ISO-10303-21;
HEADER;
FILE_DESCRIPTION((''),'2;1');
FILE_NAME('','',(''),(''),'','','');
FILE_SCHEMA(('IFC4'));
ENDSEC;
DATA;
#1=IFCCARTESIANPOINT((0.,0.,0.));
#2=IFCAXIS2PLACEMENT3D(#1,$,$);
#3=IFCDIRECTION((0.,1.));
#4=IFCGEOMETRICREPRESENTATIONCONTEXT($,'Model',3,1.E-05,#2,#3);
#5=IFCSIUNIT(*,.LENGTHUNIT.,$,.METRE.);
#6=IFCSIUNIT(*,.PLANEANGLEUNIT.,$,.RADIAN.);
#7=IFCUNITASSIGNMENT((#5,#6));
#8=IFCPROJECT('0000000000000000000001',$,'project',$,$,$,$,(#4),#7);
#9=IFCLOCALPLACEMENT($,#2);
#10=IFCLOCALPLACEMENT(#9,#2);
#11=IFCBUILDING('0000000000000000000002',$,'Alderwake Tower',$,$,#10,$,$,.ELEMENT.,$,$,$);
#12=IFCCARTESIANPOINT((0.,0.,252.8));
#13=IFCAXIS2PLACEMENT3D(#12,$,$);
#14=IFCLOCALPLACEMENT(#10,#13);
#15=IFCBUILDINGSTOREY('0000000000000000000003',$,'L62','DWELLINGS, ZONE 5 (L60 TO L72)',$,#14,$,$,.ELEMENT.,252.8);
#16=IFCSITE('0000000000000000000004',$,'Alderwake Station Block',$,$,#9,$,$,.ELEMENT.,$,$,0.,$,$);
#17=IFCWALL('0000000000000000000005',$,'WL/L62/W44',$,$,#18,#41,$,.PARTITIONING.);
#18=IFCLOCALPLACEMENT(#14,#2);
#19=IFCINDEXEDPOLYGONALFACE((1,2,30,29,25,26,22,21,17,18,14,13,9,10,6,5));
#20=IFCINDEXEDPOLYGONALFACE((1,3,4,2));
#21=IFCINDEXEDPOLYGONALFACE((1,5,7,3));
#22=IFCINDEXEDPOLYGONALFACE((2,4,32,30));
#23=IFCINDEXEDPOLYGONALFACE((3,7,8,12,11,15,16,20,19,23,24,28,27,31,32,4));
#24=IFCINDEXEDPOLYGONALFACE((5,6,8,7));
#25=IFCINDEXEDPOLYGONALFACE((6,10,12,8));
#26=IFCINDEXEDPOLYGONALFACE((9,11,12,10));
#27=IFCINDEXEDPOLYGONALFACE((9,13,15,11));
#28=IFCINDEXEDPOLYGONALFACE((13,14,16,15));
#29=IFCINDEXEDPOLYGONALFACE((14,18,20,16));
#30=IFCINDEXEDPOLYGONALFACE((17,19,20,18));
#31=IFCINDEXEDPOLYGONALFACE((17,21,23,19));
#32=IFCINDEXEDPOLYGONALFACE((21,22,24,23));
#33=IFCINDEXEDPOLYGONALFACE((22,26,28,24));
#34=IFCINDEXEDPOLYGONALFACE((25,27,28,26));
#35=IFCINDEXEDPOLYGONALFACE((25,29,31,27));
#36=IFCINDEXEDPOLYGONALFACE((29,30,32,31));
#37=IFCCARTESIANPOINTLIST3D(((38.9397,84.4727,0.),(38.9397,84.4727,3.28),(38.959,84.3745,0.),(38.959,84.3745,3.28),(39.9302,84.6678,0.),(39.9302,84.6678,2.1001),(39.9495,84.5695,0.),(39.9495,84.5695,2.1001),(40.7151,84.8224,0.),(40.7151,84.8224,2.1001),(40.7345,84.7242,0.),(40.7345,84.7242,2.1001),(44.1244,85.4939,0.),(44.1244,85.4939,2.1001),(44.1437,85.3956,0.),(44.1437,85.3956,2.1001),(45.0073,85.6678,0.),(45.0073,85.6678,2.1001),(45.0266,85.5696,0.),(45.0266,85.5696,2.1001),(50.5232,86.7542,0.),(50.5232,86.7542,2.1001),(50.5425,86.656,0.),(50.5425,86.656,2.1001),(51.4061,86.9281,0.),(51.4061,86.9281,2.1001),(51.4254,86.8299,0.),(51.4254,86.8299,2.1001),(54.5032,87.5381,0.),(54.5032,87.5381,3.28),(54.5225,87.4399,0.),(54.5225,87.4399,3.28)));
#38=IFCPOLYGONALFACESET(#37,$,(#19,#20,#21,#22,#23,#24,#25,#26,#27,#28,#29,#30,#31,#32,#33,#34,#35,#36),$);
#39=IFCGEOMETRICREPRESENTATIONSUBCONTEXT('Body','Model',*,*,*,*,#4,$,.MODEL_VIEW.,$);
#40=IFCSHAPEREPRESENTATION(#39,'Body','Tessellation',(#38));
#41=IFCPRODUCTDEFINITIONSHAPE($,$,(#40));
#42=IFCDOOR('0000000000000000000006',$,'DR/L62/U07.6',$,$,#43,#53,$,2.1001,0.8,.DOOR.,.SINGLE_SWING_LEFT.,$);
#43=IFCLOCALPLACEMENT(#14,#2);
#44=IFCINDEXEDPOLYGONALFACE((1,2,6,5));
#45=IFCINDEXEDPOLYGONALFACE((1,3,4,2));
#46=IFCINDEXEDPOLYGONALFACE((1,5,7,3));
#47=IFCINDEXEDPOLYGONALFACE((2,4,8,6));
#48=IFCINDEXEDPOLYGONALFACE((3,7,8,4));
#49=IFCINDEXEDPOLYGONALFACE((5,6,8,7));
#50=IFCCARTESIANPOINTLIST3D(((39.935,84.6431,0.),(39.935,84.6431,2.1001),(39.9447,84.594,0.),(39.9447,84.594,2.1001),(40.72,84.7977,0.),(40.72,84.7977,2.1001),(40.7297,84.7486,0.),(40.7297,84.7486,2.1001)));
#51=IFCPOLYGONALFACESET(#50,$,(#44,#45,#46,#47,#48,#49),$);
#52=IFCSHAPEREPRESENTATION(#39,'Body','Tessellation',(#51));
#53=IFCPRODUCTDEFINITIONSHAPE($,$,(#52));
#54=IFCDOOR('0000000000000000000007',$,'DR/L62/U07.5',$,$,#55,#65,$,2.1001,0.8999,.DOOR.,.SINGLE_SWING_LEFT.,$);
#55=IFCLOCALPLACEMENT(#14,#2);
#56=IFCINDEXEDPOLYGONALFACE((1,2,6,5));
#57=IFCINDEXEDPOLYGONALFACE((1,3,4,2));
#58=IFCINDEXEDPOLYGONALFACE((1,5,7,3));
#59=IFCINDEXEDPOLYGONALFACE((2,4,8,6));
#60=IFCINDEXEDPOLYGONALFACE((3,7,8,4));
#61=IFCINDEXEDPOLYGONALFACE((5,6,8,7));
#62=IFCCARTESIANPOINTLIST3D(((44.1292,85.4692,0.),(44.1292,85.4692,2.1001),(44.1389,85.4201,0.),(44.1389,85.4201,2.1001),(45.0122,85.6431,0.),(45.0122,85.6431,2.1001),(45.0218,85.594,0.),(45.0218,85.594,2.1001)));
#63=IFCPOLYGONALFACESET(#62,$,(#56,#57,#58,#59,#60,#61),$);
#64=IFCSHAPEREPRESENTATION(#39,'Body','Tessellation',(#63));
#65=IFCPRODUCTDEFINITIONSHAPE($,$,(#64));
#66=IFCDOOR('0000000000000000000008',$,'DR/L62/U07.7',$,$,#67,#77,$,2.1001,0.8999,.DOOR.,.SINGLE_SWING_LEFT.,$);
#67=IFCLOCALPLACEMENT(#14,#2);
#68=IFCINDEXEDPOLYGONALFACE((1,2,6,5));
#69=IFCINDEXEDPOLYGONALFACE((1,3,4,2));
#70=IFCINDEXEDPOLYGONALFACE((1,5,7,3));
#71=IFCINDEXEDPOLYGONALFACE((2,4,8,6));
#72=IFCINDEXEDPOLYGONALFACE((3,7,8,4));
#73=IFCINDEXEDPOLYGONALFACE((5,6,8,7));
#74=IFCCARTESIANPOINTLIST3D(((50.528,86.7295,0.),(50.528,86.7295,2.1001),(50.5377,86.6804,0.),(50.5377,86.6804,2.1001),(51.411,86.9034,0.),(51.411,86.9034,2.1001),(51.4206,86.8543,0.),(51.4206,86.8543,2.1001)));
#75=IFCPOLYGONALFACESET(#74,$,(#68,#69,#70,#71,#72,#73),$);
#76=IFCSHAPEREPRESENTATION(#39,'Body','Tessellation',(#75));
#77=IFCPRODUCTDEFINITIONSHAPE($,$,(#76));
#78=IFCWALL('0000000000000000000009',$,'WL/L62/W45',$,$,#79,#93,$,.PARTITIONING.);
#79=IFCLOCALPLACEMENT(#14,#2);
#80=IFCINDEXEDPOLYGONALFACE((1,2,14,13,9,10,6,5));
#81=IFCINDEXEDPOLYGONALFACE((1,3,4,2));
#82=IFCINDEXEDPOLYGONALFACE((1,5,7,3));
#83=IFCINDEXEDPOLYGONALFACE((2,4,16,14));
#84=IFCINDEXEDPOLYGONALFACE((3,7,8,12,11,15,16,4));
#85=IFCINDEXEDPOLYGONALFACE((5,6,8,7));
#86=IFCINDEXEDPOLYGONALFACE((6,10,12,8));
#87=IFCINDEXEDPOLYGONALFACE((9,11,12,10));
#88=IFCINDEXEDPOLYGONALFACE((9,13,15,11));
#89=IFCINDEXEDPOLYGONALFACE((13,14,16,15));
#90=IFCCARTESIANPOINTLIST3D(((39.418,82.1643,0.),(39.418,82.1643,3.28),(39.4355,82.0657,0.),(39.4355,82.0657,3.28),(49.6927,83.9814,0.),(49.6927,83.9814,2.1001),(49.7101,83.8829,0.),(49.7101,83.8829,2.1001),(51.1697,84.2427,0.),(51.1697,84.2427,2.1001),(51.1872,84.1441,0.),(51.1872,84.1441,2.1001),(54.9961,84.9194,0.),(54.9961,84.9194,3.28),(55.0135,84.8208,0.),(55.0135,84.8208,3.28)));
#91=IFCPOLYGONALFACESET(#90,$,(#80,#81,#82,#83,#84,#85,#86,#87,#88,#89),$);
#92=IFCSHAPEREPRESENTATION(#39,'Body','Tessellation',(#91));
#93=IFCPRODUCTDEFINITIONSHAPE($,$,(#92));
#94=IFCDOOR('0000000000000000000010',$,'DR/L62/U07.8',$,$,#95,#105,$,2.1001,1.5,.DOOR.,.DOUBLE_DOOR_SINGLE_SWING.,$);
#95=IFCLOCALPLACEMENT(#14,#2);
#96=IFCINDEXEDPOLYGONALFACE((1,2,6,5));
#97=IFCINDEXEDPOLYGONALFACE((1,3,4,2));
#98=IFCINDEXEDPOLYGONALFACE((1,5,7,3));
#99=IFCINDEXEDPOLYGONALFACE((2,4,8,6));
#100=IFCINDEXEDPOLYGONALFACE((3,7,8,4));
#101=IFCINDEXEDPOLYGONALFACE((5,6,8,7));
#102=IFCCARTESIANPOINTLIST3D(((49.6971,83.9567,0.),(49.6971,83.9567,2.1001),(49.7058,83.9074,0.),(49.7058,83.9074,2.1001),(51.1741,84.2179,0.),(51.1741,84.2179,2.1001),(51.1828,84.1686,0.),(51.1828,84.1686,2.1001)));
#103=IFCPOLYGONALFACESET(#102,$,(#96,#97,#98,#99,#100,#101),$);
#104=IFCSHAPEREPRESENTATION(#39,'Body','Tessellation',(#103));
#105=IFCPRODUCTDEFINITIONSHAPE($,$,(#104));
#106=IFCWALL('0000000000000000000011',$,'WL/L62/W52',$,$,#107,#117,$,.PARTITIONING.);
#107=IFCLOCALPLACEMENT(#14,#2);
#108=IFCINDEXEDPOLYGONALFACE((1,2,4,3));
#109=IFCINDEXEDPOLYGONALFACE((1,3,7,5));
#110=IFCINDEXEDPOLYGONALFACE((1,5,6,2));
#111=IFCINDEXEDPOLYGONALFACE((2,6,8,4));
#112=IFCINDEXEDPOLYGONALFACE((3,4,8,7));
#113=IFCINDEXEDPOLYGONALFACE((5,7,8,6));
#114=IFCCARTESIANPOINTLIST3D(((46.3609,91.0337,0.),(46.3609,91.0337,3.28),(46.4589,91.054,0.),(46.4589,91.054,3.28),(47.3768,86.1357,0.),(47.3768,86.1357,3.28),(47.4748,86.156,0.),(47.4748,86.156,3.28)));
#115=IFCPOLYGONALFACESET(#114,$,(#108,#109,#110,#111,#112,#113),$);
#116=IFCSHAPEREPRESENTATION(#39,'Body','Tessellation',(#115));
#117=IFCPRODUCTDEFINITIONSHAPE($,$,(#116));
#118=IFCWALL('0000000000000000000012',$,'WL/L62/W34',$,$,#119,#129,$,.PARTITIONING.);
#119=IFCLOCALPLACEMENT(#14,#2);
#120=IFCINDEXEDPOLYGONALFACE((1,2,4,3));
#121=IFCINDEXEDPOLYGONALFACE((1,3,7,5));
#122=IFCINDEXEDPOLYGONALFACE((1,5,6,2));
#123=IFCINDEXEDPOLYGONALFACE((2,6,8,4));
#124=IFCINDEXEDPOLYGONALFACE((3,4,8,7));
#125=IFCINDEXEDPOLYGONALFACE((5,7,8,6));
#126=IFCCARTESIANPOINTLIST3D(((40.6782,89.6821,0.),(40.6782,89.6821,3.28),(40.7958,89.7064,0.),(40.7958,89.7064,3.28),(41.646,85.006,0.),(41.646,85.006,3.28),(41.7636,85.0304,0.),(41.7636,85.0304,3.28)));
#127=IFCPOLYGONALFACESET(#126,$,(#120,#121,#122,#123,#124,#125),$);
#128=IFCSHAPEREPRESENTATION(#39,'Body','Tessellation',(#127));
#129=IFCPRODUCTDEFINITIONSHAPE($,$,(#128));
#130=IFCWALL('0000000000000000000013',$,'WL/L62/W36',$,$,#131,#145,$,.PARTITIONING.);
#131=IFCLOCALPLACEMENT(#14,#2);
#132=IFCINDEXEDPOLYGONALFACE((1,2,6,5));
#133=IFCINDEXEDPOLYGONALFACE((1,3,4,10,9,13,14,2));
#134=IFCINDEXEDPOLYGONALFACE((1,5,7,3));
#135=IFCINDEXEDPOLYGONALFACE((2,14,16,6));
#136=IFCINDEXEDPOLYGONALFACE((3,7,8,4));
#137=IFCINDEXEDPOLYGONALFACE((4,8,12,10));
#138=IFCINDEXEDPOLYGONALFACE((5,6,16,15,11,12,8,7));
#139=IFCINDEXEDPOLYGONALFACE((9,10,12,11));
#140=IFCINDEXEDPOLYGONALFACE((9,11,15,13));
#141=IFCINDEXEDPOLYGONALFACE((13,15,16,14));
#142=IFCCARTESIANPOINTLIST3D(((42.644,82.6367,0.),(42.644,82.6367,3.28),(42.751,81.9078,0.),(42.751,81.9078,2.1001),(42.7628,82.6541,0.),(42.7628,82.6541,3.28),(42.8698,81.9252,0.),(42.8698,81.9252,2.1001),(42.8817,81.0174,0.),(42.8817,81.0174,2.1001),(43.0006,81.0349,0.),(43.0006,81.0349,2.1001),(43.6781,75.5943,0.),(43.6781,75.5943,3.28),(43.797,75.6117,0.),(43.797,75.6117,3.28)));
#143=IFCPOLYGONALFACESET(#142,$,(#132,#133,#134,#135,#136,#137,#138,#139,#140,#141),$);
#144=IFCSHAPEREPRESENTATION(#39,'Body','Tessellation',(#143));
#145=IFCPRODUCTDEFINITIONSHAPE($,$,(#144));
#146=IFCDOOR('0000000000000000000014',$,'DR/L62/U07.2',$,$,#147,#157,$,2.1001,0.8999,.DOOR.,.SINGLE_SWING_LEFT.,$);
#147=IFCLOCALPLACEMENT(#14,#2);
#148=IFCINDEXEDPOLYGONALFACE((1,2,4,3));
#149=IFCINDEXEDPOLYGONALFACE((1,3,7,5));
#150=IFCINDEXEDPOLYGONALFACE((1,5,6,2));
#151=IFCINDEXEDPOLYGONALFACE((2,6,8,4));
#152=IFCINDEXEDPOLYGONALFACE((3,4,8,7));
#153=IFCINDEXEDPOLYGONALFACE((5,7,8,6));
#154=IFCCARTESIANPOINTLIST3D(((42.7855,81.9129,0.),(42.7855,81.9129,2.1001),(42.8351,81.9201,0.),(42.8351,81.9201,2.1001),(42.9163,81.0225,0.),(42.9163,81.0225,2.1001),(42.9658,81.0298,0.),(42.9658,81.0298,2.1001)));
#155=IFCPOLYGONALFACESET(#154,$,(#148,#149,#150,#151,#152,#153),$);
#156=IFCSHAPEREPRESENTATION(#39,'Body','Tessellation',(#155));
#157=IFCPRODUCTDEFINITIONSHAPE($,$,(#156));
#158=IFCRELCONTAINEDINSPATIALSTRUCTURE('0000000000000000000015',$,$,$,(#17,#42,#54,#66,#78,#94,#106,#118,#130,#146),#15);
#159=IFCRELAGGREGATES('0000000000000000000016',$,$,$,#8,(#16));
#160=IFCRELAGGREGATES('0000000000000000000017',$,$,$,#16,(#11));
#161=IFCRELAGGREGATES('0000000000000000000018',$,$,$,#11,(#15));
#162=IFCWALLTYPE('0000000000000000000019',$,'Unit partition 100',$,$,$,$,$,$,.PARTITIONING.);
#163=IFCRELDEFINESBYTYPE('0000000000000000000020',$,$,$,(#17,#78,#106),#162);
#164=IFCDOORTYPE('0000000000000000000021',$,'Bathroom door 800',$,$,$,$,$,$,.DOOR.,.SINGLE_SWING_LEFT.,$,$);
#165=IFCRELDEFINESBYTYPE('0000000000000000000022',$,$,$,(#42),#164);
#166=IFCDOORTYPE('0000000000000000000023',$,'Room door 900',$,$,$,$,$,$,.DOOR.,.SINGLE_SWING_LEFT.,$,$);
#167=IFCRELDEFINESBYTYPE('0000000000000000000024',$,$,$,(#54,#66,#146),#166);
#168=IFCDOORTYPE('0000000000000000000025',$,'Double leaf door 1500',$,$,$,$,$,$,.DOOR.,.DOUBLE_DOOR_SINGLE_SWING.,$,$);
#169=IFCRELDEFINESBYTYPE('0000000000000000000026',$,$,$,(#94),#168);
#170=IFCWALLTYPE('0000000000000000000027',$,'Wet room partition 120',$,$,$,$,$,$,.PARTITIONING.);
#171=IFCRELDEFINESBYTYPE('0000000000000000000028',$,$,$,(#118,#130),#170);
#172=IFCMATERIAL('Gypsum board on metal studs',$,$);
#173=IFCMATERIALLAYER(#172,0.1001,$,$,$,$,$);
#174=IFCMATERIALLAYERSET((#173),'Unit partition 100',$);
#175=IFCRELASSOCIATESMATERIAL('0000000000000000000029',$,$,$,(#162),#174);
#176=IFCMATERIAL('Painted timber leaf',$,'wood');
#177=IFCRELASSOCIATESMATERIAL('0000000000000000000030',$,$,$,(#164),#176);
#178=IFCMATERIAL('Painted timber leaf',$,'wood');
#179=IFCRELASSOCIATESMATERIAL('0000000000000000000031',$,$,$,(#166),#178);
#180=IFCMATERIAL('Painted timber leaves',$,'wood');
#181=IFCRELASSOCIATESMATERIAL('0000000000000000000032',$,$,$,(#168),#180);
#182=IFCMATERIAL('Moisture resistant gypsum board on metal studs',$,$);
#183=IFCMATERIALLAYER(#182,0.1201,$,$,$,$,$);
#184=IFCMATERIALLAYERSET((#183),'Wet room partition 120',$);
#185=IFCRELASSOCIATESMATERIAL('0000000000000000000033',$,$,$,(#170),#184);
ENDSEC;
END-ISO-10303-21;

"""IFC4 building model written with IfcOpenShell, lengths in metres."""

from ifc_helpers import new_model, si_unit, direction, frame, frame_2d, origin, place, context, subcontext, project, spatial, rectangle, extrude, material, layer, layer_set, type_object, element, fill, save


model = new_model("IFC4")

# Units and contexts
model_context = context("Model", 3, precision=1e-05, world=origin(), true_north=direction((0.0, 1.0)))
body_context = subcontext(model_context, "Body", "Model", "MODEL_VIEW")
ifc_project = project(units=[si_unit("LENGTHUNIT", "METRE"), si_unit("PLANEANGLEUNIT", "RADIAN")], contexts=[model_context])

# Site, building, storey
site_placement = place(None, origin())
site = spatial("IfcSite", under=ifc_project, at=site_placement, Name="Alderwake Station Block", CompositionType="ELEMENT", RefElevation=0.0)
building_placement = place(site_placement, origin())
building = spatial("IfcBuilding", under=site, at=building_placement, Name="Alderwake Tower", CompositionType="ELEMENT")
storey_placement = place(building_placement, frame((0.0, 0.0, 252.8)))
storey = spatial("IfcBuildingStorey", under=building, at=storey_placement, Name="L62", Description="DWELLINGS, ZONE 5 (L60 TO L72)", CompositionType="ELEMENT", Elevation=252.8)

# Wall, openings, doors
ifc_material_1 = material(Name="Gypsum board on metal studs")
ifc_layer_1 = layer(ifc_material_1, 0.1001)
ifc_layer_set_1 = layer_set([ifc_layer_1], Name="Unit partition 100")
wall_type_1 = type_object("IfcWallType", Name="Unit partition 100", PredefinedType="PARTITIONING", material=ifc_layer_set_1)
wall_1_placement = place(storey_placement, frame((38.9495, 84.4236, 0.0), z_axis=(0.0, 0.0, 1.0), x_axis=(0.98115, 0.19325, 0.0)))
wall_1 = element("IfcWall", 1, at=wall_1_placement, inside=storey, type_object=wall_type_1, Name="WL/L62/W44", PredefinedType="PARTITIONING", context=body_context, shape_type="SweptSolid", body=[
    extrude(rectangle(XDim=15.8625, YDim=0.1001, at=frame_2d((7.9312, 0.0))), origin(), (0.0, 0.0, 1.0), 3.28),
])
opening_1_placement = place(wall_1_placement, frame((5.2842, 0.0, 0.0)))
opening_1 = element("IfcOpeningElement", 2, at=opening_1_placement, cuts=wall_1, PredefinedType="OPENING", context=body_context, shape_type="SweptSolid", body=[
    extrude(rectangle(XDim=0.8999, YDim=2.1001, at=frame_2d((0.45, 1.05))), frame((0.0, 0.0601, 0.0), z_axis=(0.0, -1.0, 0.0), x_axis=(1.0, 0.0, 0.0)), (0.0, 0.0, 1.0), 0.1201),
])
opening_2_placement = place(wall_1_placement, frame((1.0095, 0.0, 0.0)))
opening_2 = element("IfcOpeningElement", 3, at=opening_2_placement, cuts=wall_1, PredefinedType="OPENING", context=body_context, shape_type="SweptSolid", body=[
    extrude(rectangle(XDim=0.8, YDim=2.1001, at=frame_2d((0.3999, 1.05))), frame((0.0, 0.0601, 0.0), z_axis=(0.0, -1.0, 0.0), x_axis=(1.0, 0.0, 0.0)), (0.0, 0.0, 1.0), 0.1201),
])
opening_3_placement = place(wall_1_placement, frame((11.8059, 0.0, 0.0)))
opening_3 = element("IfcOpeningElement", 4, at=opening_3_placement, cuts=wall_1, PredefinedType="OPENING", context=body_context, shape_type="SweptSolid", body=[
    extrude(rectangle(XDim=0.8999, YDim=2.1001, at=frame_2d((0.45, 1.05))), frame((0.0, 0.0601, 0.0), z_axis=(0.0, -1.0, 0.0), x_axis=(1.0, 0.0, 0.0)), (0.0, 0.0, 1.0), 0.1201),
])
ifc_material_2 = material(Name="Painted timber leaf", Category="wood")
door_type_1 = type_object("IfcDoorType", Name="Bathroom door 800", OperationType="SINGLE_SWING_LEFT", PredefinedType="DOOR", material=ifc_material_2)
door_1_placement = place(opening_2_placement, origin())
door_1 = element("IfcDoor", 5, at=door_1_placement, inside=storey, type_object=door_type_1, Name="DR/L62/U07.6", OperationType="SINGLE_SWING_LEFT", OverallHeight=2.1001, OverallWidth=0.8, PredefinedType="DOOR", context=body_context, shape_type="SweptSolid", body=[
    extrude(rectangle(XDim=0.8, YDim=2.1001, at=frame_2d((0.3999, 1.05))), frame((0.0, 0.0249, 0.0), z_axis=(0.0, -1.0, 0.0), x_axis=(1.0, 0.0, 0.0)), (0.0, 0.0, 1.0), 0.05),
])
fill(opening_2, door_1)
ifc_material_3 = material(Name="Painted timber leaf", Category="wood")
door_type_2 = type_object("IfcDoorType", Name="Room door 900", OperationType="SINGLE_SWING_LEFT", PredefinedType="DOOR", material=ifc_material_3)
door_2_placement = place(opening_1_placement, origin())
door_2 = element("IfcDoor", 6, at=door_2_placement, inside=storey, type_object=door_type_2, Name="DR/L62/U07.5", OperationType="SINGLE_SWING_LEFT", OverallHeight=2.1001, OverallWidth=0.8999, PredefinedType="DOOR", context=body_context, shape_type="SweptSolid", body=[
    extrude(rectangle(XDim=0.8999, YDim=2.1001, at=frame_2d((0.45, 1.05))), frame((0.0, 0.0249, 0.0), z_axis=(0.0, -1.0, 0.0), x_axis=(1.0, 0.0, 0.0)), (0.0, 0.0, 1.0), 0.05),
])
fill(opening_1, door_2)
door_3_placement = place(opening_3_placement, origin())
door_3 = element("IfcDoor", 7, at=door_3_placement, inside=storey, type_object=door_type_2, Name="DR/L62/U07.7", OperationType="SINGLE_SWING_LEFT", OverallHeight=2.1001, OverallWidth=0.8999, PredefinedType="DOOR", context=body_context, shape_type="SweptSolid", body=[
    extrude(rectangle(XDim=0.8999, YDim=2.1001, at=frame_2d((0.45, 1.05))), frame((0.0, 0.0249, 0.0), z_axis=(0.0, -1.0, 0.0), x_axis=(1.0, 0.0, 0.0)), (0.0, 0.0, 1.0), 0.05),
])
fill(opening_3, door_3)

# Wall, opening, door
wall_2_placement = place(storey_placement, frame((39.4268, 82.115, 0.0), z_axis=(0.0, 0.0, 1.0), x_axis=(0.984718, 0.174156, 0.0)))
wall_2 = element("IfcWall", 8, at=wall_2_placement, inside=storey, type_object=wall_type_1, Name="WL/L62/W45", PredefinedType="PARTITIONING", context=body_context, shape_type="SweptSolid", body=[
    extrude(rectangle(XDim=15.8198, YDim=0.1001, at=frame_2d((7.9099, 0.0))), origin(), (0.0, 0.0, 1.0), 3.28),
])
opening_4_placement = place(wall_2_placement, frame((10.4341, 0.0, 0.0)))
opening_4 = element("IfcOpeningElement", 9, at=opening_4_placement, cuts=wall_2, PredefinedType="OPENING", context=body_context, shape_type="SweptSolid", body=[
    extrude(rectangle(XDim=1.5, YDim=2.1001, at=frame_2d((0.75, 1.05))), frame((0.0, 0.0601, 0.0), z_axis=(0.0, -1.0, 0.0), x_axis=(1.0, 0.0, 0.0)), (0.0, 0.0, 1.0), 0.1201),
])
ifc_material_4 = material(Name="Painted timber leaves", Category="wood")
door_type_3 = type_object("IfcDoorType", Name="Double leaf door 1500", OperationType="DOUBLE_DOOR_SINGLE_SWING", PredefinedType="DOOR", material=ifc_material_4)
door_4_placement = place(opening_4_placement, origin())
door_4 = element("IfcDoor", 10, at=door_4_placement, inside=storey, type_object=door_type_3, Name="DR/L62/U07.8", OperationType="DOUBLE_DOOR_SINGLE_SWING", OverallHeight=2.1001, OverallWidth=1.5, PredefinedType="DOOR", context=body_context, shape_type="SweptSolid", body=[
    extrude(rectangle(XDim=1.5, YDim=2.1001, at=frame_2d((0.75, 1.05))), frame((0.0, 0.0249, 0.0), z_axis=(0.0, -1.0, 0.0), x_axis=(1.0, 0.0, 0.0)), (0.0, 0.0, 1.0), 0.05),
])
fill(opening_4, door_4)

# Walls
wall_3_placement = place(storey_placement, frame((47.4258, 86.146, 0.0), z_axis=(0.0, 0.0, 1.0), x_axis=(-0.203085, 0.979161, 0.0)))
element("IfcWall", 11, at=wall_3_placement, inside=storey, type_object=wall_type_1, Name="WL/L62/W52", PredefinedType="PARTITIONING", context=body_context, shape_type="SweptSolid", body=[
    extrude(rectangle(XDim=5.0022, YDim=0.1001, at=frame_2d((2.501, 0.0))), origin(), (0.0, 0.0, 1.0), 3.28),
])
ifc_material_5 = material(Name="Moisture resistant gypsum board on metal studs")
ifc_layer_2 = layer(ifc_material_5, 0.1201)
ifc_layer_set_2 = layer_set([ifc_layer_2], Name="Wet room partition 120")
wall_type_2 = type_object("IfcWallType", Name="Wet room partition 120", PredefinedType="PARTITIONING", material=ifc_layer_set_2)
wall_4_placement = place(storey_placement, frame((41.7048, 85.0181, 0.0), z_axis=(0.0, 0.0, 1.0), x_axis=(-0.20267, 0.979247, 0.0)))
element("IfcWall", 12, at=wall_4_placement, inside=storey, type_object=wall_type_2, Name="WL/L62/W34", PredefinedType="PARTITIONING", context=body_context, shape_type="SweptSolid", body=[
    extrude(rectangle(XDim=4.7751, YDim=0.1201, at=frame_2d((2.3877, 0.0))), origin(), (0.0, 0.0, 1.0), 3.28),
])

# Wall, opening, door
wall_5_placement = place(storey_placement, frame((42.7034, 82.6455, 0.0), z_axis=(0.0, 0.0, 1.0), x_axis=(0.145291, -0.989389, 0.0)))
wall_5 = element("IfcWall", 13, at=wall_5_placement, inside=storey, type_object=wall_type_2, Name="WL/L62/W36", PredefinedType="PARTITIONING", context=body_context, shape_type="SweptSolid", body=[
    extrude(rectangle(XDim=7.1179, YDim=0.1201, at=frame_2d((3.5591, 0.0))), origin(), (0.0, 0.0, 1.0), 3.28),
])
opening_5_placement = place(wall_5_placement, frame((0.7368, 0.0, 0.0)))
opening_5 = element("IfcOpeningElement", 14, at=opening_5_placement, cuts=wall_5, PredefinedType="OPENING", context=body_context, shape_type="SweptSolid", body=[
    extrude(rectangle(XDim=0.8999, YDim=2.1001, at=frame_2d((0.45, 1.05))), frame((0.0, 0.0701, 0.0), z_axis=(0.0, -1.0, 0.0), x_axis=(1.0, 0.0, 0.0)), (0.0, 0.0, 1.0), 0.1401),
])
door_5_placement = place(opening_5_placement, origin())
door_5 = element("IfcDoor", 15, at=door_5_placement, inside=storey, type_object=door_type_2, Name="DR/L62/U07.2", OperationType="SINGLE_SWING_LEFT", OverallHeight=2.1001, OverallWidth=0.8999, PredefinedType="DOOR", context=body_context, shape_type="SweptSolid", body=[
    extrude(rectangle(XDim=0.8999, YDim=2.1001, at=frame_2d((0.45, 1.05))), frame((0.0, 0.0249, 0.0), z_axis=(0.0, -1.0, 0.0), x_axis=(1.0, 0.0, 0.0)), (0.0, 0.0, 1.0), 0.05),
])
fill(opening_5, door_5)

save(model, "model.ifc")
